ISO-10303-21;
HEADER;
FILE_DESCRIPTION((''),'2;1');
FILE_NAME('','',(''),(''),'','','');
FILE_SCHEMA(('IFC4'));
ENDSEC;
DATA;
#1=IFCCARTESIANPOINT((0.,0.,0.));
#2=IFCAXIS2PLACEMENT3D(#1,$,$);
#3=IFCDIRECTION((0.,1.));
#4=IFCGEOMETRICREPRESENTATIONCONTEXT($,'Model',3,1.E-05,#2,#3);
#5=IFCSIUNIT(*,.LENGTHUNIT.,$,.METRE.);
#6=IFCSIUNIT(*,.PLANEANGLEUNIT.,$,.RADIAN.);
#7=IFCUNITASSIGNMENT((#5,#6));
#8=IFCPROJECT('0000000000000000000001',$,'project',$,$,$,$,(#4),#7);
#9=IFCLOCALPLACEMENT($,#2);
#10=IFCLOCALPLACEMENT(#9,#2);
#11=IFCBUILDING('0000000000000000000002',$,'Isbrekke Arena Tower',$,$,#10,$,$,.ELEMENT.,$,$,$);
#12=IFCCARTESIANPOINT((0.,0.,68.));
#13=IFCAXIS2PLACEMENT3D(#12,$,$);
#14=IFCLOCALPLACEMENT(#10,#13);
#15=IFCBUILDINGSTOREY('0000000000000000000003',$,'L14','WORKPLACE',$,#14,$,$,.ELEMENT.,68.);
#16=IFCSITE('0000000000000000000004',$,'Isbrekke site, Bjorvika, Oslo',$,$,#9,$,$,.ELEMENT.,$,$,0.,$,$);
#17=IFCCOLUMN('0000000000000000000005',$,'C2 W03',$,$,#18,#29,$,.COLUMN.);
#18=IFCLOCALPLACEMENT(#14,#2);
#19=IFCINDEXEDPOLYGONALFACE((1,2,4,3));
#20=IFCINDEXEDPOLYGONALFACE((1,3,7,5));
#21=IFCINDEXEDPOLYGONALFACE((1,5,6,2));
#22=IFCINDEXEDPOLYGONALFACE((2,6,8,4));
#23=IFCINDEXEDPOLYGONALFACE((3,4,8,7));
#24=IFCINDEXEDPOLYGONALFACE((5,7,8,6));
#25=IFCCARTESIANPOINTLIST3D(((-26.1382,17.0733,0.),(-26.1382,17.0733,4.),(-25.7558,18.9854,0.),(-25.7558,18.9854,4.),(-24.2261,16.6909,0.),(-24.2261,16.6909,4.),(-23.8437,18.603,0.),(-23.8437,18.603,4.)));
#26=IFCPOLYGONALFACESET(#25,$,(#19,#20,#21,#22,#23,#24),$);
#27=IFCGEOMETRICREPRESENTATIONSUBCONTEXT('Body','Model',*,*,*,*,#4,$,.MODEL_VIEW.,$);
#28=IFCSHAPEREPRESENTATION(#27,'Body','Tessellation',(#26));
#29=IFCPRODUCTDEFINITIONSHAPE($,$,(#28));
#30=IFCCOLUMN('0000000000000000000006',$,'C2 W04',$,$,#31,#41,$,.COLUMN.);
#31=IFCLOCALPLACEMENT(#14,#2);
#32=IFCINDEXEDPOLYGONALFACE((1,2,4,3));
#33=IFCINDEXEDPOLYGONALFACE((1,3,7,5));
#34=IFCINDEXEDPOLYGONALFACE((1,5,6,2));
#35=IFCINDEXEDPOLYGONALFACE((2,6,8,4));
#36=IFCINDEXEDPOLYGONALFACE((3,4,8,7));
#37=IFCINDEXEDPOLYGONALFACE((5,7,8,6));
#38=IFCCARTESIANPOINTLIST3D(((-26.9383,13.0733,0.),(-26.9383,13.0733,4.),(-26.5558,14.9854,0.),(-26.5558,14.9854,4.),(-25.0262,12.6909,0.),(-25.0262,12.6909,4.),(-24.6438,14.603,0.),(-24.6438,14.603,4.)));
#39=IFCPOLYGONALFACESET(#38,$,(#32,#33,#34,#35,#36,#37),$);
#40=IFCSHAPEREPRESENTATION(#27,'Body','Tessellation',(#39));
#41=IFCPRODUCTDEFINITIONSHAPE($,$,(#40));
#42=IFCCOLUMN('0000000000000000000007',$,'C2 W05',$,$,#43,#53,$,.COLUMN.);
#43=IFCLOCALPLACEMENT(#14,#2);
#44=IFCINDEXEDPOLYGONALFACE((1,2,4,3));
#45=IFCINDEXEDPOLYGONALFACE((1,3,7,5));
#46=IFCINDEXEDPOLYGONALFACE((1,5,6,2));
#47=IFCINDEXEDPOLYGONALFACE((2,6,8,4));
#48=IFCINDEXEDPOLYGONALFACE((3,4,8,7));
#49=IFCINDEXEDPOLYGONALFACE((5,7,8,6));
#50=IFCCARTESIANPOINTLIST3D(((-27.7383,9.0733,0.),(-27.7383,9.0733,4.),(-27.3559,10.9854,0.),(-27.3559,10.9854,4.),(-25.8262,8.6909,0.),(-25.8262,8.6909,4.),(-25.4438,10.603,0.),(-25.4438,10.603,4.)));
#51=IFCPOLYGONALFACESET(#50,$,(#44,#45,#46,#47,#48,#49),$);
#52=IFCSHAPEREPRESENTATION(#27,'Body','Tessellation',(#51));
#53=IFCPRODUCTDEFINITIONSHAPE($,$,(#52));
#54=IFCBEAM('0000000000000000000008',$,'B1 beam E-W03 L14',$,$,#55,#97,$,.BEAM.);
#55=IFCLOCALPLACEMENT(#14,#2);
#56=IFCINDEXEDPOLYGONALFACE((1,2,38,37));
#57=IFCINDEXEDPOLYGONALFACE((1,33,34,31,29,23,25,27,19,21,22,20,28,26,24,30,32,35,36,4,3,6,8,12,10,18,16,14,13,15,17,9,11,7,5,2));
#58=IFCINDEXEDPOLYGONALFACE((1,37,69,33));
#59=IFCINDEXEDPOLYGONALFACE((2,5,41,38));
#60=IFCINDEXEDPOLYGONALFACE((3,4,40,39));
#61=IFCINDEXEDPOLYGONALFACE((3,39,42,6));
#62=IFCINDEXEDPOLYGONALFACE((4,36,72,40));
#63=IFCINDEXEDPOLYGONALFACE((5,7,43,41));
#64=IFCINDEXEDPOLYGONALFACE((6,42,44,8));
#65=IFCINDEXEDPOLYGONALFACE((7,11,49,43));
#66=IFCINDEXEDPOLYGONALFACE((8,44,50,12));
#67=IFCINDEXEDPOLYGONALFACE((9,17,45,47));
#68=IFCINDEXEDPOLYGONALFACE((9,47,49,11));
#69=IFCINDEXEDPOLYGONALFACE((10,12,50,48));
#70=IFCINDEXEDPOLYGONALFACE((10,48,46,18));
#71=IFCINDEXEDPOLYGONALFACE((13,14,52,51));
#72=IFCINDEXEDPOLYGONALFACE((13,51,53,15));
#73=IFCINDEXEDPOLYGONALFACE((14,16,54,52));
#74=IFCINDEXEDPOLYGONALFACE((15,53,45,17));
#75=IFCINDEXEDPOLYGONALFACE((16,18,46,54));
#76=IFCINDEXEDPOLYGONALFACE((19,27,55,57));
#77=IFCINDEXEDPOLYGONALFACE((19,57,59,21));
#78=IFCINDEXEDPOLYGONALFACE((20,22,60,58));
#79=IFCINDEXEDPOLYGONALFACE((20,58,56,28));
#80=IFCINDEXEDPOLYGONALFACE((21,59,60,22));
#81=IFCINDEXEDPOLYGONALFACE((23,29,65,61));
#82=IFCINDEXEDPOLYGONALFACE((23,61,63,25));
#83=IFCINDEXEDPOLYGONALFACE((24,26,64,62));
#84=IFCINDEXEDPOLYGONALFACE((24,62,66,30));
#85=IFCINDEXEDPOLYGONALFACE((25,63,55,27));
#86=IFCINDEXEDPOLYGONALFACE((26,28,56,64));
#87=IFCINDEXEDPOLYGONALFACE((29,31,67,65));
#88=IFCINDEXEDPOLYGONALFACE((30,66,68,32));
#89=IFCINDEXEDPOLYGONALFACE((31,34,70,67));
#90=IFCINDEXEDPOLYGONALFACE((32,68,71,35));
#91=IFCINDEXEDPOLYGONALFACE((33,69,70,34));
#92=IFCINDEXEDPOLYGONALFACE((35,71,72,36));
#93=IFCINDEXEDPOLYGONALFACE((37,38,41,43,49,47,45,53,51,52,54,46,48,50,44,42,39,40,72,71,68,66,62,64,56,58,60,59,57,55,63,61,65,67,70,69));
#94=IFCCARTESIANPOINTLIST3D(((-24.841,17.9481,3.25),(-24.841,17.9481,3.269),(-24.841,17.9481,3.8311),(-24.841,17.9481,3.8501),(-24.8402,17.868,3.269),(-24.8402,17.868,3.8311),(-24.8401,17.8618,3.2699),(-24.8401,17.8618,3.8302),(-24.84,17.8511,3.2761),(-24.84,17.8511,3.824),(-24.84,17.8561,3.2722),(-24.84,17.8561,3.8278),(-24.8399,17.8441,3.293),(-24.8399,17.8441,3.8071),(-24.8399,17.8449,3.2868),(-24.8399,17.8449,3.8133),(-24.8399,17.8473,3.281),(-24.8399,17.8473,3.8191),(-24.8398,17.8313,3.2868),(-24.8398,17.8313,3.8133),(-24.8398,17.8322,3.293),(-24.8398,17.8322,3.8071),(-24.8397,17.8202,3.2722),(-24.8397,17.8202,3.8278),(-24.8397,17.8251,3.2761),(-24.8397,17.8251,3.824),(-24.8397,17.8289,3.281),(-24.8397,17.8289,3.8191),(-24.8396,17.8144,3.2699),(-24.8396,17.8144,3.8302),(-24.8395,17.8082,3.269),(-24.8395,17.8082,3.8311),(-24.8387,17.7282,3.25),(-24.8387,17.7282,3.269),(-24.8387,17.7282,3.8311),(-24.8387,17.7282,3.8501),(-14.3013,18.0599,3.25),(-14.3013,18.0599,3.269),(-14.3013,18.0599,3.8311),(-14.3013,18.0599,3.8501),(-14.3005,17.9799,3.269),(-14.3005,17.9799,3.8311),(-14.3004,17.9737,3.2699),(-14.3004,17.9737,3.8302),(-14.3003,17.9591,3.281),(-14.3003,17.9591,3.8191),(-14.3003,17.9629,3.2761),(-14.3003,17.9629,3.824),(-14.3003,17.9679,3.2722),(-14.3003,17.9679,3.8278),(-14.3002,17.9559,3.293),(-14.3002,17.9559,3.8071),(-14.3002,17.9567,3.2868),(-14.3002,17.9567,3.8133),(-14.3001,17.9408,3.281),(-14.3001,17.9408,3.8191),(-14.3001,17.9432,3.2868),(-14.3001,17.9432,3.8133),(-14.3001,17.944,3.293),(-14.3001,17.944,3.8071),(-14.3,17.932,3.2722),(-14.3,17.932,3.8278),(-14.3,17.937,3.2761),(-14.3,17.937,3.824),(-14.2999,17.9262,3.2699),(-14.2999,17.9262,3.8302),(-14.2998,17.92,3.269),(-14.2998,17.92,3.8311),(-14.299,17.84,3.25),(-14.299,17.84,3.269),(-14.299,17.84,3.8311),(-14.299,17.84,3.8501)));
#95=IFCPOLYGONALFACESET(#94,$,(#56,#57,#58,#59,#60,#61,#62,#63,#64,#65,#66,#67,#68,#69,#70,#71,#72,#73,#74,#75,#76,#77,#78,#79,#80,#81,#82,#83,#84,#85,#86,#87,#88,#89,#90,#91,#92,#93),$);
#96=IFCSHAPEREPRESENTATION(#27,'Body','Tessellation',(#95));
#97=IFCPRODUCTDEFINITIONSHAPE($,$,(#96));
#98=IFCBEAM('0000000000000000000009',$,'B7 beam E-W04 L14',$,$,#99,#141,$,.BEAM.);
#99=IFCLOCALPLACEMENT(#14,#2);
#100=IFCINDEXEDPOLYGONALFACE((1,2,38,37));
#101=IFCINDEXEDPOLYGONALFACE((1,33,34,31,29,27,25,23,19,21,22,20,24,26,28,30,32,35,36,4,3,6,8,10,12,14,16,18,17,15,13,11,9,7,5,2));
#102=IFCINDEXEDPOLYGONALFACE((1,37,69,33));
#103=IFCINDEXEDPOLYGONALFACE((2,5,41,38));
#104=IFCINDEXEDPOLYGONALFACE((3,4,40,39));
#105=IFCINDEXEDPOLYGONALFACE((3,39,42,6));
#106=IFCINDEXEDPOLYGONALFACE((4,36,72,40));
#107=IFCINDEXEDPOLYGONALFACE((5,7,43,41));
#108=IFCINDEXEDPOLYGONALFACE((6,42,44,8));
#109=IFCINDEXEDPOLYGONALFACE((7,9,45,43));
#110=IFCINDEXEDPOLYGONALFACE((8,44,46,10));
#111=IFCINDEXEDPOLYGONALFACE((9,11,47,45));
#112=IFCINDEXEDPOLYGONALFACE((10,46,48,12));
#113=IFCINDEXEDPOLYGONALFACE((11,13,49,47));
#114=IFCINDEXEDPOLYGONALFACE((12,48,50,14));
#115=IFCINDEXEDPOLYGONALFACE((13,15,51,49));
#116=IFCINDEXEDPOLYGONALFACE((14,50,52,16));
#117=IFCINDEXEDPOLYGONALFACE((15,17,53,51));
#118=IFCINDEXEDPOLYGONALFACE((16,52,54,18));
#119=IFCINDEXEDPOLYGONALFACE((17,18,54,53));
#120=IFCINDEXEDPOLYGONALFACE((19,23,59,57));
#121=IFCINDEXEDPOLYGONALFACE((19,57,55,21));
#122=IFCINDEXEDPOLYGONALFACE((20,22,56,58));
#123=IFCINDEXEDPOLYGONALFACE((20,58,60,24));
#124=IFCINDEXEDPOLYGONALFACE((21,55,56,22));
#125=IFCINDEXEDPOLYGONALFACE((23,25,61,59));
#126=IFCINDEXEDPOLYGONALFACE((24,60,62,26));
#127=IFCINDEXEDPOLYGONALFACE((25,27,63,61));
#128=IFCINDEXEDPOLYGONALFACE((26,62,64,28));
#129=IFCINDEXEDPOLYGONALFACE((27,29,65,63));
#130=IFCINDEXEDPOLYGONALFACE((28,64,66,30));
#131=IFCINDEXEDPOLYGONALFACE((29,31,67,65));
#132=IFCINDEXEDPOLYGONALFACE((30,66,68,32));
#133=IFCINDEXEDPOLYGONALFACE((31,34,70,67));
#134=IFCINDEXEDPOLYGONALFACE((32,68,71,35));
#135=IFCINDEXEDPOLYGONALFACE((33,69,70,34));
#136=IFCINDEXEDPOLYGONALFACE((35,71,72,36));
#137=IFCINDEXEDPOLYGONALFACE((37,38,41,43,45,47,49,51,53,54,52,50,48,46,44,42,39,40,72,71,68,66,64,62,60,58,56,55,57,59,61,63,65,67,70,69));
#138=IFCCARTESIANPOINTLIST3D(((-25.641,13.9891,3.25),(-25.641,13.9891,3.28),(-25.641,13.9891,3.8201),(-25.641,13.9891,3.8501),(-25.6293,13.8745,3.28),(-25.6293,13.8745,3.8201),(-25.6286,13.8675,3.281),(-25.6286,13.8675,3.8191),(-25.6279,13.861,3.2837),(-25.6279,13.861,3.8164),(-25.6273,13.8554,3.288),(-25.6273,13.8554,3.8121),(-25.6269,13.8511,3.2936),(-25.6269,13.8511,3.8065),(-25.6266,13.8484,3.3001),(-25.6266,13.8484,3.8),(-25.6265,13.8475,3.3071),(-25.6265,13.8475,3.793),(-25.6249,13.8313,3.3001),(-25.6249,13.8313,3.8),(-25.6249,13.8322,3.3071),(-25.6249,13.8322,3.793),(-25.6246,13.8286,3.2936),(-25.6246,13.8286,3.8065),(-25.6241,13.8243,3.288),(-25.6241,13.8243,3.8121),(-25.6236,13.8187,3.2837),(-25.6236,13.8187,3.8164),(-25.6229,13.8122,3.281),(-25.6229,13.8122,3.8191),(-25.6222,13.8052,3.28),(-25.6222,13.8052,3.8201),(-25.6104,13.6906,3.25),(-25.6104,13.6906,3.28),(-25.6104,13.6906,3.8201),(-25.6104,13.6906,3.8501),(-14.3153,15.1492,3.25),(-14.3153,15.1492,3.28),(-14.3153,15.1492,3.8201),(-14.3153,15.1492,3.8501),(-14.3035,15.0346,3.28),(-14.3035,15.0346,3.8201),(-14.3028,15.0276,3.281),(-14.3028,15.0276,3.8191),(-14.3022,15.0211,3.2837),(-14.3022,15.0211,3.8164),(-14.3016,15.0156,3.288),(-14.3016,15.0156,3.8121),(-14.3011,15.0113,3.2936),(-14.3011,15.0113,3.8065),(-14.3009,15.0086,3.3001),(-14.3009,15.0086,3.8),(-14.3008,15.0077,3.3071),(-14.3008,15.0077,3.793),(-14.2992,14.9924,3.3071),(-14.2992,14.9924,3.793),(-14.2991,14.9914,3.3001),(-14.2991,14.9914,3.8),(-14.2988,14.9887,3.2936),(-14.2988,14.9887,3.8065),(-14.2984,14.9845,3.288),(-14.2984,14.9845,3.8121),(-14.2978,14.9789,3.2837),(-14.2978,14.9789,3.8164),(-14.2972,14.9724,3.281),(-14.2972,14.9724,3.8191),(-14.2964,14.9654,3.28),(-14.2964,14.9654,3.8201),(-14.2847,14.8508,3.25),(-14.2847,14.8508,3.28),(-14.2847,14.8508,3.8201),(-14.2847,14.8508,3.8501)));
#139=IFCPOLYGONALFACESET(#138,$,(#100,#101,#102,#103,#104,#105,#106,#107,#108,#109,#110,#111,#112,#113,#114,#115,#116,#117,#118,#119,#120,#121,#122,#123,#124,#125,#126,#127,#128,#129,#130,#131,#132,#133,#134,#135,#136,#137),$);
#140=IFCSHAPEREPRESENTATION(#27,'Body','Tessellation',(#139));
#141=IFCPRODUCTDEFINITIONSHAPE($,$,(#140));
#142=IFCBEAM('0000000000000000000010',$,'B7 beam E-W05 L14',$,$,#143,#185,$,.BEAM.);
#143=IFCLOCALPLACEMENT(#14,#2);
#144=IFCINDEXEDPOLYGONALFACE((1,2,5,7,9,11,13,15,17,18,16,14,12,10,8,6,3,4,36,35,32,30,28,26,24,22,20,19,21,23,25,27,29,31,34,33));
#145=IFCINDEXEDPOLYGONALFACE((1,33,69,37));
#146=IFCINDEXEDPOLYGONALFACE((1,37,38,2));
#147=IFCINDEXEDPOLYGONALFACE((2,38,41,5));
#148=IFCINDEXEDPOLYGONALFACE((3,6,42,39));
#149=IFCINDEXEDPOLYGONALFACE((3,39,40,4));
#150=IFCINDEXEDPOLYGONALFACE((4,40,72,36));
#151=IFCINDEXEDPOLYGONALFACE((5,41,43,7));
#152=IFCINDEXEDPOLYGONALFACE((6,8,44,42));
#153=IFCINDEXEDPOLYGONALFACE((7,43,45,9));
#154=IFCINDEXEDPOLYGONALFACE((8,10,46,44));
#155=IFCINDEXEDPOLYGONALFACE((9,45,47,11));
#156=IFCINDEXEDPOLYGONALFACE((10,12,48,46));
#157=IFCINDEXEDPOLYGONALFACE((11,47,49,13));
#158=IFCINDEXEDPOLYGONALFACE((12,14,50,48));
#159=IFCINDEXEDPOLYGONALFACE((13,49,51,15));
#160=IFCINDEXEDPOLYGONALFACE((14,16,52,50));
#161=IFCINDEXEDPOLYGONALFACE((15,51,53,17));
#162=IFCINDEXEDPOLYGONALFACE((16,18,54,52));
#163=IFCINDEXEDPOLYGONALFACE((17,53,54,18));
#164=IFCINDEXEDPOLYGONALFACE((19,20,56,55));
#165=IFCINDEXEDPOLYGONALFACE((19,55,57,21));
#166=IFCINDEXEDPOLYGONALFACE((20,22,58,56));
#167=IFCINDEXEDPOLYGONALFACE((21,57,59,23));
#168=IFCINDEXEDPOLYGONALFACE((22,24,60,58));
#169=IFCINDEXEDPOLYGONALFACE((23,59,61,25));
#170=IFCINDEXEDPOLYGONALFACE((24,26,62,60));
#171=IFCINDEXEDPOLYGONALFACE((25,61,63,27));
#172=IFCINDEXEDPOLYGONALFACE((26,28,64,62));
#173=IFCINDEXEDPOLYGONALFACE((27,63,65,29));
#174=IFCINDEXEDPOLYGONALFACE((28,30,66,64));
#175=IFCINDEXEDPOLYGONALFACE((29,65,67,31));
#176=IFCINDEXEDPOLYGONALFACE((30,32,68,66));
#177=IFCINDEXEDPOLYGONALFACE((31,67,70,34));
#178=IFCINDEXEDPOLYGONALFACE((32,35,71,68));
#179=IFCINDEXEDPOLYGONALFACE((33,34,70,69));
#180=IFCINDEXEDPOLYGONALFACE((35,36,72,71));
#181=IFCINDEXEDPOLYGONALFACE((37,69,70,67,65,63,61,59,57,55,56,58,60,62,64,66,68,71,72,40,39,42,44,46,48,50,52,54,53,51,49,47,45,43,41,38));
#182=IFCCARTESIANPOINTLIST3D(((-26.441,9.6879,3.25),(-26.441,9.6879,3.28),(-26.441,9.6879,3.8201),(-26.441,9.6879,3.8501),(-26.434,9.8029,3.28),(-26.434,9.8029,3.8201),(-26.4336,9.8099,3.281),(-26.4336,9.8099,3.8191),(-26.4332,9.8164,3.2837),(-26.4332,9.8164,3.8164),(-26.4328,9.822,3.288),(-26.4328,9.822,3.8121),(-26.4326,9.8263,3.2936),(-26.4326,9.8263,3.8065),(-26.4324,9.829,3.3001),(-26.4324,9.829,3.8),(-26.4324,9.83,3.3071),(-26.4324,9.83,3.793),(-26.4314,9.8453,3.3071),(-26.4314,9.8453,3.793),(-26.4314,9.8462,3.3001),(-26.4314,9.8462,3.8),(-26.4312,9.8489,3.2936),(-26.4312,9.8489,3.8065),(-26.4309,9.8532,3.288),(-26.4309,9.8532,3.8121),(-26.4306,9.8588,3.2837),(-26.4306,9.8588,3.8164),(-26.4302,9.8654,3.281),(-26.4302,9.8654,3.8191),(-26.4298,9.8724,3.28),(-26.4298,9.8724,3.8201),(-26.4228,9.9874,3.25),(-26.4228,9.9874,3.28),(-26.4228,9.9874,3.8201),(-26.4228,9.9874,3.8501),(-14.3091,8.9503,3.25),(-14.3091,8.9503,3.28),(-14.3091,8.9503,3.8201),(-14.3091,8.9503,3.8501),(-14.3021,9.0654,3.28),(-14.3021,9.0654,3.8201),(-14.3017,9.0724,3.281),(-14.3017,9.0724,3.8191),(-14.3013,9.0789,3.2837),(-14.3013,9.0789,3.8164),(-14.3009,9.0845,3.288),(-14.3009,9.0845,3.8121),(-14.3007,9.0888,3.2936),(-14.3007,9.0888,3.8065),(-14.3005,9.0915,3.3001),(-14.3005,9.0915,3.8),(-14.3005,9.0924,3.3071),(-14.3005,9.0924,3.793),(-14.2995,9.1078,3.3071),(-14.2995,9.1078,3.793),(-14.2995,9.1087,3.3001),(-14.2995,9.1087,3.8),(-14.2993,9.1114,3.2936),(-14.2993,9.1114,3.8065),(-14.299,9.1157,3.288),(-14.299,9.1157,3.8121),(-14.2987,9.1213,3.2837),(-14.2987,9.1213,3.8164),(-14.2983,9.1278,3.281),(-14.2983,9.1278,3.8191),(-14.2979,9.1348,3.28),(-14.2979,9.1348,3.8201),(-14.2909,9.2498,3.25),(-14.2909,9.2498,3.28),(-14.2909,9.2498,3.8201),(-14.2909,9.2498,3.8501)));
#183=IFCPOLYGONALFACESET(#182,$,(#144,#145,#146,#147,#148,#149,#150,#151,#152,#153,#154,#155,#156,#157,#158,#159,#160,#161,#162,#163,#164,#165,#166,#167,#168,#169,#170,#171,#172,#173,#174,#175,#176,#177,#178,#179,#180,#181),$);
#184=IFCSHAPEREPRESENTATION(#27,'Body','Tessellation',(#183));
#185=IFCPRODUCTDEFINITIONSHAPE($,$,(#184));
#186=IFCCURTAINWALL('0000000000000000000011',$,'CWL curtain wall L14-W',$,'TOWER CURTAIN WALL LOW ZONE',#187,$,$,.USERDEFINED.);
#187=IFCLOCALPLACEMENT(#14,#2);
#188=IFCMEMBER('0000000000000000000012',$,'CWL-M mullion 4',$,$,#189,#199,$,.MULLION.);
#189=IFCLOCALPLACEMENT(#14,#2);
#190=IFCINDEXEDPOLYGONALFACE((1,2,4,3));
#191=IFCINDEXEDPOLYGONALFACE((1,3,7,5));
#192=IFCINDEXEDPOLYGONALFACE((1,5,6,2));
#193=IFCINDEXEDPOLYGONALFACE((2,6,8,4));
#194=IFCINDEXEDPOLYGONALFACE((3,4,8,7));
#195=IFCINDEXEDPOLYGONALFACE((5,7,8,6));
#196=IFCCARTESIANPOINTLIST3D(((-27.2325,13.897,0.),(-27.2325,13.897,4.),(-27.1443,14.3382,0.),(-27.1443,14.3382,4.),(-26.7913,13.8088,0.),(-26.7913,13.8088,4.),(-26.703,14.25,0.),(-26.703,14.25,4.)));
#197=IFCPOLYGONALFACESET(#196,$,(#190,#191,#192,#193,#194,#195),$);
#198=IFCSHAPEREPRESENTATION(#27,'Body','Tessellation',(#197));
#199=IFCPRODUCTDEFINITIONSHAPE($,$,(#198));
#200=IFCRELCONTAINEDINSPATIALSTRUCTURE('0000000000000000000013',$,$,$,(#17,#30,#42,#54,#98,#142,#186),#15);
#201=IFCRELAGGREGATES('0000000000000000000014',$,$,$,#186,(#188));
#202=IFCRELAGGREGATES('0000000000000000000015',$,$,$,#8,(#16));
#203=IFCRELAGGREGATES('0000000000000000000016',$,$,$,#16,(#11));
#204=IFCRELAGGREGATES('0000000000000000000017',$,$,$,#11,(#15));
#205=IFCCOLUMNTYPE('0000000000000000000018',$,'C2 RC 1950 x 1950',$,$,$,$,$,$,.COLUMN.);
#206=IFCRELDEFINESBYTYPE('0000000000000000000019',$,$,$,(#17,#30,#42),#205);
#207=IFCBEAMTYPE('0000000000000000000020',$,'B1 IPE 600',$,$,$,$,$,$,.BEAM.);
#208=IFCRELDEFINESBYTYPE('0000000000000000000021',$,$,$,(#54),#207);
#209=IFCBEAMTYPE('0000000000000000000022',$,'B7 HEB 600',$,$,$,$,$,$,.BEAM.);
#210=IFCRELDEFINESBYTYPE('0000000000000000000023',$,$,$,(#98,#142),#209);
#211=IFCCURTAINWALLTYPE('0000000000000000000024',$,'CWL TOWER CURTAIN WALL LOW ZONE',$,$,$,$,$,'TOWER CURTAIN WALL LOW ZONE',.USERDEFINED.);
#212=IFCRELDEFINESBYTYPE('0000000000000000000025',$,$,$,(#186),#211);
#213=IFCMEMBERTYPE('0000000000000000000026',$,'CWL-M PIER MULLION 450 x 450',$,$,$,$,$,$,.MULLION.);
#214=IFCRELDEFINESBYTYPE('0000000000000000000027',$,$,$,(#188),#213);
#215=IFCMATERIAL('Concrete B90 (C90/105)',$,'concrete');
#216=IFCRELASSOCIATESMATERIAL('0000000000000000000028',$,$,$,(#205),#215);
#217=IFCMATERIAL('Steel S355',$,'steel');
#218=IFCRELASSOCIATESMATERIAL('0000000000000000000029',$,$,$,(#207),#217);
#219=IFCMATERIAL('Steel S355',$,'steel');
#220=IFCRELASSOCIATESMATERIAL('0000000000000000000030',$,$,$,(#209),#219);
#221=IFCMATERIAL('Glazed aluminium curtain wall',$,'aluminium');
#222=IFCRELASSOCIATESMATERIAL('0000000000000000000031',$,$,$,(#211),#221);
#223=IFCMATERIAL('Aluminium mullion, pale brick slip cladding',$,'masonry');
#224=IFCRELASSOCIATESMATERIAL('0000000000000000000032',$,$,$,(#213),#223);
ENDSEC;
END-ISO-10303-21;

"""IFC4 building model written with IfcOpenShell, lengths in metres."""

from ifc_helpers import new_model, si_unit, direction, frame, origin, origin_2d, place, context, subcontext, project, spatial, rectangle, i_section, extrude, material, material_profile, profile_set, type_object, element, aggregate, save


model = new_model("IFC4")

# Units and contexts
model_context = context("Model", 3, precision=1e-05, world=origin(), true_north=direction((0.0, 1.0)))
body_context = subcontext(model_context, "Body", "Model", "MODEL_VIEW")
ifc_project = project(units=[si_unit("LENGTHUNIT", "METRE"), si_unit("PLANEANGLEUNIT", "RADIAN")], contexts=[model_context])

# Site, building, storey
site_placement = place(None, origin())
site = spatial("IfcSite", under=ifc_project, at=site_placement, Name="Isbrekke site, Bjorvika, Oslo", CompositionType="ELEMENT", RefElevation=0.0)
building_placement = place(site_placement, origin())
building = spatial("IfcBuilding", under=site, at=building_placement, Name="Isbrekke Arena Tower", CompositionType="ELEMENT")
storey_placement = place(building_placement, frame((0.0, 0.0, 68.0)))
storey = spatial("IfcBuildingStorey", under=building, at=storey_placement, Name="L14", Description="WORKPLACE", CompositionType="ELEMENT", Elevation=68.0)

# Columns
ifc_material_1 = material(Name="Concrete B90 (C90/105)", Category="concrete")
ifc_material_profile_1 = material_profile(ifc_material_1, rectangle(XDim=1.95, YDim=1.95, at=origin_2d()), Name="RC 1950x1950")
ifc_profile_set_1 = profile_set([ifc_material_profile_1], Name="Concrete B90 (C90/105)")
column_type = type_object("IfcColumnType", Name="C2 RC 1950 x 1950", PredefinedType="COLUMN", material=ifc_profile_set_1)
for number, where, z_axis, x_axis, name in (
    (1, (-24.991, 17.8381, 0.0), (0.0, 0.0, 1.0), (-0.196116, -0.980581, 0.0), "C2 W03"),
    (2, (-25.791, 13.8381, 0.0), (0.0, 0.0, 1.0), (-0.196116, -0.980581, 0.0), "C2 W04"),
    (3, (-26.5911, 9.8381, 0.0), (0.0, 0.0, 1.0), (-0.196116, -0.980581, 0.0), "C2 W05"),
):
    element("IfcColumn", number, at=place(storey_placement, frame(where, z_axis=z_axis, x_axis=x_axis)), inside=storey, type_object=column_type, Name=name, PredefinedType="COLUMN", context=body_context, shape_type="SweptSolid", body=[
        extrude(rectangle(XDim=1.95, YDim=1.95, at=origin_2d()), origin(), (0.0, 0.0, 1.0), 4.0),
    ])

# Beams
ifc_material_2 = material(Name="Steel S355", Category="steel")
ifc_material_profile_2 = material_profile(ifc_material_2, i_section(OverallWidth=0.22, OverallDepth=0.6001, WebThickness=0.012, FlangeThickness=0.019, FilletRadius=0.0239, at=origin_2d()), Name="IPE 600")
ifc_profile_set_2 = profile_set([ifc_material_profile_2], Name="Steel S355")
beam_type_1 = type_object("IfcBeamType", Name="B1 IPE 600", PredefinedType="BEAM", material=ifc_profile_set_2)
beam_1_placement = place(storey_placement, frame((-24.8398, 17.8381, 3.55), z_axis=(0.999944, 0.010608, 0.0), x_axis=(-0.010608, 0.999944, 0.0)))
element("IfcBeam", 4, at=beam_1_placement, inside=storey, type_object=beam_type_1, Name="B1 beam E-W03 L14", PredefinedType="BEAM", context=body_context, shape_type="SweptSolid", body=[
    extrude(i_section(OverallWidth=0.22, OverallDepth=0.6001, WebThickness=0.012, FlangeThickness=0.019, FilletRadius=0.0239, at=origin_2d()), origin(), (0.0, 0.0, 1.0), 10.5403),
])
ifc_material_3 = material(Name="Steel S355", Category="steel")
ifc_material_profile_3 = material_profile(ifc_material_3, i_section(OverallWidth=0.3, OverallDepth=0.6001, WebThickness=0.0154, FlangeThickness=0.03, FilletRadius=0.0271, at=origin_2d()), Name="HEB 600")
ifc_profile_set_3 = profile_set([ifc_material_profile_3], Name="Steel S355")
beam_type_2 = type_object("IfcBeamType", Name="B7 HEB 600", PredefinedType="BEAM", material=ifc_profile_set_3)
beam_2_placement = place(storey_placement, frame((-25.6257, 13.8398, 3.55), z_axis=(0.994794, 0.101903, 0.0), x_axis=(-0.101903, 0.994794, 0.0)))
element("IfcBeam", 5, at=beam_2_placement, inside=storey, type_object=beam_type_2, Name="B7 beam E-W04 L14", PredefinedType="BEAM", context=body_context, shape_type="SweptSolid", body=[
    extrude(i_section(OverallWidth=0.3, OverallDepth=0.6001, WebThickness=0.0154, FlangeThickness=0.03, FilletRadius=0.0271, at=origin_2d()), origin(), (0.0, 0.0, 1.0), 11.385),
])
beam_3_placement = place(storey_placement, frame((-26.4319, 9.8376, 3.55), z_axis=(0.998157, -0.060682, 0.0), x_axis=(0.060682, 0.998157, 0.0)))
element("IfcBeam", 6, at=beam_3_placement, inside=storey, type_object=beam_type_2, Name="B7 beam E-W05 L14", PredefinedType="BEAM", context=body_context, shape_type="SweptSolid", body=[
    extrude(i_section(OverallWidth=0.3, OverallDepth=0.6001, WebThickness=0.0154, FlangeThickness=0.03, FilletRadius=0.0271, at=origin_2d()), origin(), (0.0, 0.0, 1.0), 12.1543),
])

# Curtain wall, member
ifc_material_4 = material(Name="Glazed aluminium curtain wall", Category="aluminium")
curtain_wall_type = type_object("IfcCurtainWallType", Name="CWL TOWER CURTAIN WALL LOW ZONE", ElementType="TOWER CURTAIN WALL LOW ZONE", PredefinedType="USERDEFINED", material=ifc_material_4)
curtain_wall_placement = place(storey_placement, origin())
curtain_wall = element("IfcCurtainWall", 7, at=curtain_wall_placement, inside=storey, type_object=curtain_wall_type, Name="CWL curtain wall L14-W", ObjectType="TOWER CURTAIN WALL LOW ZONE", PredefinedType="USERDEFINED")
ifc_material_5 = material(Name="Aluminium mullion, pale brick slip cladding", Category="masonry")
ifc_material_profile_4 = material_profile(ifc_material_5, rectangle(XDim=0.45, YDim=0.45, at=origin_2d()), Name="PIER 450X450")
ifc_profile_set_4 = profile_set([ifc_material_profile_4], Name="Aluminium mullion, pale brick slip cladding")
member_type_1 = type_object("IfcMemberType", Name="CWL-M PIER MULLION 450 x 450", PredefinedType="MULLION", material=ifc_profile_set_4)
member_1_placement = place(storey_placement, frame((-26.9678, 14.0735, 0.0), z_axis=(0.0, 0.0, 1.0), x_axis=(-0.196116, -0.980581, 0.0)))
member_1 = element("IfcMember", 8, at=member_1_placement, type_object=member_type_1, Name="CWL-M mullion 4", PredefinedType="MULLION", context=body_context, shape_type="SweptSolid", body=[
    extrude(rectangle(XDim=0.45, YDim=0.45, at=origin_2d()), origin(), (0.0, 0.0, 1.0), 4.0),
])

aggregate(curtain_wall, [member_1])

save(model, "model.ifc")
